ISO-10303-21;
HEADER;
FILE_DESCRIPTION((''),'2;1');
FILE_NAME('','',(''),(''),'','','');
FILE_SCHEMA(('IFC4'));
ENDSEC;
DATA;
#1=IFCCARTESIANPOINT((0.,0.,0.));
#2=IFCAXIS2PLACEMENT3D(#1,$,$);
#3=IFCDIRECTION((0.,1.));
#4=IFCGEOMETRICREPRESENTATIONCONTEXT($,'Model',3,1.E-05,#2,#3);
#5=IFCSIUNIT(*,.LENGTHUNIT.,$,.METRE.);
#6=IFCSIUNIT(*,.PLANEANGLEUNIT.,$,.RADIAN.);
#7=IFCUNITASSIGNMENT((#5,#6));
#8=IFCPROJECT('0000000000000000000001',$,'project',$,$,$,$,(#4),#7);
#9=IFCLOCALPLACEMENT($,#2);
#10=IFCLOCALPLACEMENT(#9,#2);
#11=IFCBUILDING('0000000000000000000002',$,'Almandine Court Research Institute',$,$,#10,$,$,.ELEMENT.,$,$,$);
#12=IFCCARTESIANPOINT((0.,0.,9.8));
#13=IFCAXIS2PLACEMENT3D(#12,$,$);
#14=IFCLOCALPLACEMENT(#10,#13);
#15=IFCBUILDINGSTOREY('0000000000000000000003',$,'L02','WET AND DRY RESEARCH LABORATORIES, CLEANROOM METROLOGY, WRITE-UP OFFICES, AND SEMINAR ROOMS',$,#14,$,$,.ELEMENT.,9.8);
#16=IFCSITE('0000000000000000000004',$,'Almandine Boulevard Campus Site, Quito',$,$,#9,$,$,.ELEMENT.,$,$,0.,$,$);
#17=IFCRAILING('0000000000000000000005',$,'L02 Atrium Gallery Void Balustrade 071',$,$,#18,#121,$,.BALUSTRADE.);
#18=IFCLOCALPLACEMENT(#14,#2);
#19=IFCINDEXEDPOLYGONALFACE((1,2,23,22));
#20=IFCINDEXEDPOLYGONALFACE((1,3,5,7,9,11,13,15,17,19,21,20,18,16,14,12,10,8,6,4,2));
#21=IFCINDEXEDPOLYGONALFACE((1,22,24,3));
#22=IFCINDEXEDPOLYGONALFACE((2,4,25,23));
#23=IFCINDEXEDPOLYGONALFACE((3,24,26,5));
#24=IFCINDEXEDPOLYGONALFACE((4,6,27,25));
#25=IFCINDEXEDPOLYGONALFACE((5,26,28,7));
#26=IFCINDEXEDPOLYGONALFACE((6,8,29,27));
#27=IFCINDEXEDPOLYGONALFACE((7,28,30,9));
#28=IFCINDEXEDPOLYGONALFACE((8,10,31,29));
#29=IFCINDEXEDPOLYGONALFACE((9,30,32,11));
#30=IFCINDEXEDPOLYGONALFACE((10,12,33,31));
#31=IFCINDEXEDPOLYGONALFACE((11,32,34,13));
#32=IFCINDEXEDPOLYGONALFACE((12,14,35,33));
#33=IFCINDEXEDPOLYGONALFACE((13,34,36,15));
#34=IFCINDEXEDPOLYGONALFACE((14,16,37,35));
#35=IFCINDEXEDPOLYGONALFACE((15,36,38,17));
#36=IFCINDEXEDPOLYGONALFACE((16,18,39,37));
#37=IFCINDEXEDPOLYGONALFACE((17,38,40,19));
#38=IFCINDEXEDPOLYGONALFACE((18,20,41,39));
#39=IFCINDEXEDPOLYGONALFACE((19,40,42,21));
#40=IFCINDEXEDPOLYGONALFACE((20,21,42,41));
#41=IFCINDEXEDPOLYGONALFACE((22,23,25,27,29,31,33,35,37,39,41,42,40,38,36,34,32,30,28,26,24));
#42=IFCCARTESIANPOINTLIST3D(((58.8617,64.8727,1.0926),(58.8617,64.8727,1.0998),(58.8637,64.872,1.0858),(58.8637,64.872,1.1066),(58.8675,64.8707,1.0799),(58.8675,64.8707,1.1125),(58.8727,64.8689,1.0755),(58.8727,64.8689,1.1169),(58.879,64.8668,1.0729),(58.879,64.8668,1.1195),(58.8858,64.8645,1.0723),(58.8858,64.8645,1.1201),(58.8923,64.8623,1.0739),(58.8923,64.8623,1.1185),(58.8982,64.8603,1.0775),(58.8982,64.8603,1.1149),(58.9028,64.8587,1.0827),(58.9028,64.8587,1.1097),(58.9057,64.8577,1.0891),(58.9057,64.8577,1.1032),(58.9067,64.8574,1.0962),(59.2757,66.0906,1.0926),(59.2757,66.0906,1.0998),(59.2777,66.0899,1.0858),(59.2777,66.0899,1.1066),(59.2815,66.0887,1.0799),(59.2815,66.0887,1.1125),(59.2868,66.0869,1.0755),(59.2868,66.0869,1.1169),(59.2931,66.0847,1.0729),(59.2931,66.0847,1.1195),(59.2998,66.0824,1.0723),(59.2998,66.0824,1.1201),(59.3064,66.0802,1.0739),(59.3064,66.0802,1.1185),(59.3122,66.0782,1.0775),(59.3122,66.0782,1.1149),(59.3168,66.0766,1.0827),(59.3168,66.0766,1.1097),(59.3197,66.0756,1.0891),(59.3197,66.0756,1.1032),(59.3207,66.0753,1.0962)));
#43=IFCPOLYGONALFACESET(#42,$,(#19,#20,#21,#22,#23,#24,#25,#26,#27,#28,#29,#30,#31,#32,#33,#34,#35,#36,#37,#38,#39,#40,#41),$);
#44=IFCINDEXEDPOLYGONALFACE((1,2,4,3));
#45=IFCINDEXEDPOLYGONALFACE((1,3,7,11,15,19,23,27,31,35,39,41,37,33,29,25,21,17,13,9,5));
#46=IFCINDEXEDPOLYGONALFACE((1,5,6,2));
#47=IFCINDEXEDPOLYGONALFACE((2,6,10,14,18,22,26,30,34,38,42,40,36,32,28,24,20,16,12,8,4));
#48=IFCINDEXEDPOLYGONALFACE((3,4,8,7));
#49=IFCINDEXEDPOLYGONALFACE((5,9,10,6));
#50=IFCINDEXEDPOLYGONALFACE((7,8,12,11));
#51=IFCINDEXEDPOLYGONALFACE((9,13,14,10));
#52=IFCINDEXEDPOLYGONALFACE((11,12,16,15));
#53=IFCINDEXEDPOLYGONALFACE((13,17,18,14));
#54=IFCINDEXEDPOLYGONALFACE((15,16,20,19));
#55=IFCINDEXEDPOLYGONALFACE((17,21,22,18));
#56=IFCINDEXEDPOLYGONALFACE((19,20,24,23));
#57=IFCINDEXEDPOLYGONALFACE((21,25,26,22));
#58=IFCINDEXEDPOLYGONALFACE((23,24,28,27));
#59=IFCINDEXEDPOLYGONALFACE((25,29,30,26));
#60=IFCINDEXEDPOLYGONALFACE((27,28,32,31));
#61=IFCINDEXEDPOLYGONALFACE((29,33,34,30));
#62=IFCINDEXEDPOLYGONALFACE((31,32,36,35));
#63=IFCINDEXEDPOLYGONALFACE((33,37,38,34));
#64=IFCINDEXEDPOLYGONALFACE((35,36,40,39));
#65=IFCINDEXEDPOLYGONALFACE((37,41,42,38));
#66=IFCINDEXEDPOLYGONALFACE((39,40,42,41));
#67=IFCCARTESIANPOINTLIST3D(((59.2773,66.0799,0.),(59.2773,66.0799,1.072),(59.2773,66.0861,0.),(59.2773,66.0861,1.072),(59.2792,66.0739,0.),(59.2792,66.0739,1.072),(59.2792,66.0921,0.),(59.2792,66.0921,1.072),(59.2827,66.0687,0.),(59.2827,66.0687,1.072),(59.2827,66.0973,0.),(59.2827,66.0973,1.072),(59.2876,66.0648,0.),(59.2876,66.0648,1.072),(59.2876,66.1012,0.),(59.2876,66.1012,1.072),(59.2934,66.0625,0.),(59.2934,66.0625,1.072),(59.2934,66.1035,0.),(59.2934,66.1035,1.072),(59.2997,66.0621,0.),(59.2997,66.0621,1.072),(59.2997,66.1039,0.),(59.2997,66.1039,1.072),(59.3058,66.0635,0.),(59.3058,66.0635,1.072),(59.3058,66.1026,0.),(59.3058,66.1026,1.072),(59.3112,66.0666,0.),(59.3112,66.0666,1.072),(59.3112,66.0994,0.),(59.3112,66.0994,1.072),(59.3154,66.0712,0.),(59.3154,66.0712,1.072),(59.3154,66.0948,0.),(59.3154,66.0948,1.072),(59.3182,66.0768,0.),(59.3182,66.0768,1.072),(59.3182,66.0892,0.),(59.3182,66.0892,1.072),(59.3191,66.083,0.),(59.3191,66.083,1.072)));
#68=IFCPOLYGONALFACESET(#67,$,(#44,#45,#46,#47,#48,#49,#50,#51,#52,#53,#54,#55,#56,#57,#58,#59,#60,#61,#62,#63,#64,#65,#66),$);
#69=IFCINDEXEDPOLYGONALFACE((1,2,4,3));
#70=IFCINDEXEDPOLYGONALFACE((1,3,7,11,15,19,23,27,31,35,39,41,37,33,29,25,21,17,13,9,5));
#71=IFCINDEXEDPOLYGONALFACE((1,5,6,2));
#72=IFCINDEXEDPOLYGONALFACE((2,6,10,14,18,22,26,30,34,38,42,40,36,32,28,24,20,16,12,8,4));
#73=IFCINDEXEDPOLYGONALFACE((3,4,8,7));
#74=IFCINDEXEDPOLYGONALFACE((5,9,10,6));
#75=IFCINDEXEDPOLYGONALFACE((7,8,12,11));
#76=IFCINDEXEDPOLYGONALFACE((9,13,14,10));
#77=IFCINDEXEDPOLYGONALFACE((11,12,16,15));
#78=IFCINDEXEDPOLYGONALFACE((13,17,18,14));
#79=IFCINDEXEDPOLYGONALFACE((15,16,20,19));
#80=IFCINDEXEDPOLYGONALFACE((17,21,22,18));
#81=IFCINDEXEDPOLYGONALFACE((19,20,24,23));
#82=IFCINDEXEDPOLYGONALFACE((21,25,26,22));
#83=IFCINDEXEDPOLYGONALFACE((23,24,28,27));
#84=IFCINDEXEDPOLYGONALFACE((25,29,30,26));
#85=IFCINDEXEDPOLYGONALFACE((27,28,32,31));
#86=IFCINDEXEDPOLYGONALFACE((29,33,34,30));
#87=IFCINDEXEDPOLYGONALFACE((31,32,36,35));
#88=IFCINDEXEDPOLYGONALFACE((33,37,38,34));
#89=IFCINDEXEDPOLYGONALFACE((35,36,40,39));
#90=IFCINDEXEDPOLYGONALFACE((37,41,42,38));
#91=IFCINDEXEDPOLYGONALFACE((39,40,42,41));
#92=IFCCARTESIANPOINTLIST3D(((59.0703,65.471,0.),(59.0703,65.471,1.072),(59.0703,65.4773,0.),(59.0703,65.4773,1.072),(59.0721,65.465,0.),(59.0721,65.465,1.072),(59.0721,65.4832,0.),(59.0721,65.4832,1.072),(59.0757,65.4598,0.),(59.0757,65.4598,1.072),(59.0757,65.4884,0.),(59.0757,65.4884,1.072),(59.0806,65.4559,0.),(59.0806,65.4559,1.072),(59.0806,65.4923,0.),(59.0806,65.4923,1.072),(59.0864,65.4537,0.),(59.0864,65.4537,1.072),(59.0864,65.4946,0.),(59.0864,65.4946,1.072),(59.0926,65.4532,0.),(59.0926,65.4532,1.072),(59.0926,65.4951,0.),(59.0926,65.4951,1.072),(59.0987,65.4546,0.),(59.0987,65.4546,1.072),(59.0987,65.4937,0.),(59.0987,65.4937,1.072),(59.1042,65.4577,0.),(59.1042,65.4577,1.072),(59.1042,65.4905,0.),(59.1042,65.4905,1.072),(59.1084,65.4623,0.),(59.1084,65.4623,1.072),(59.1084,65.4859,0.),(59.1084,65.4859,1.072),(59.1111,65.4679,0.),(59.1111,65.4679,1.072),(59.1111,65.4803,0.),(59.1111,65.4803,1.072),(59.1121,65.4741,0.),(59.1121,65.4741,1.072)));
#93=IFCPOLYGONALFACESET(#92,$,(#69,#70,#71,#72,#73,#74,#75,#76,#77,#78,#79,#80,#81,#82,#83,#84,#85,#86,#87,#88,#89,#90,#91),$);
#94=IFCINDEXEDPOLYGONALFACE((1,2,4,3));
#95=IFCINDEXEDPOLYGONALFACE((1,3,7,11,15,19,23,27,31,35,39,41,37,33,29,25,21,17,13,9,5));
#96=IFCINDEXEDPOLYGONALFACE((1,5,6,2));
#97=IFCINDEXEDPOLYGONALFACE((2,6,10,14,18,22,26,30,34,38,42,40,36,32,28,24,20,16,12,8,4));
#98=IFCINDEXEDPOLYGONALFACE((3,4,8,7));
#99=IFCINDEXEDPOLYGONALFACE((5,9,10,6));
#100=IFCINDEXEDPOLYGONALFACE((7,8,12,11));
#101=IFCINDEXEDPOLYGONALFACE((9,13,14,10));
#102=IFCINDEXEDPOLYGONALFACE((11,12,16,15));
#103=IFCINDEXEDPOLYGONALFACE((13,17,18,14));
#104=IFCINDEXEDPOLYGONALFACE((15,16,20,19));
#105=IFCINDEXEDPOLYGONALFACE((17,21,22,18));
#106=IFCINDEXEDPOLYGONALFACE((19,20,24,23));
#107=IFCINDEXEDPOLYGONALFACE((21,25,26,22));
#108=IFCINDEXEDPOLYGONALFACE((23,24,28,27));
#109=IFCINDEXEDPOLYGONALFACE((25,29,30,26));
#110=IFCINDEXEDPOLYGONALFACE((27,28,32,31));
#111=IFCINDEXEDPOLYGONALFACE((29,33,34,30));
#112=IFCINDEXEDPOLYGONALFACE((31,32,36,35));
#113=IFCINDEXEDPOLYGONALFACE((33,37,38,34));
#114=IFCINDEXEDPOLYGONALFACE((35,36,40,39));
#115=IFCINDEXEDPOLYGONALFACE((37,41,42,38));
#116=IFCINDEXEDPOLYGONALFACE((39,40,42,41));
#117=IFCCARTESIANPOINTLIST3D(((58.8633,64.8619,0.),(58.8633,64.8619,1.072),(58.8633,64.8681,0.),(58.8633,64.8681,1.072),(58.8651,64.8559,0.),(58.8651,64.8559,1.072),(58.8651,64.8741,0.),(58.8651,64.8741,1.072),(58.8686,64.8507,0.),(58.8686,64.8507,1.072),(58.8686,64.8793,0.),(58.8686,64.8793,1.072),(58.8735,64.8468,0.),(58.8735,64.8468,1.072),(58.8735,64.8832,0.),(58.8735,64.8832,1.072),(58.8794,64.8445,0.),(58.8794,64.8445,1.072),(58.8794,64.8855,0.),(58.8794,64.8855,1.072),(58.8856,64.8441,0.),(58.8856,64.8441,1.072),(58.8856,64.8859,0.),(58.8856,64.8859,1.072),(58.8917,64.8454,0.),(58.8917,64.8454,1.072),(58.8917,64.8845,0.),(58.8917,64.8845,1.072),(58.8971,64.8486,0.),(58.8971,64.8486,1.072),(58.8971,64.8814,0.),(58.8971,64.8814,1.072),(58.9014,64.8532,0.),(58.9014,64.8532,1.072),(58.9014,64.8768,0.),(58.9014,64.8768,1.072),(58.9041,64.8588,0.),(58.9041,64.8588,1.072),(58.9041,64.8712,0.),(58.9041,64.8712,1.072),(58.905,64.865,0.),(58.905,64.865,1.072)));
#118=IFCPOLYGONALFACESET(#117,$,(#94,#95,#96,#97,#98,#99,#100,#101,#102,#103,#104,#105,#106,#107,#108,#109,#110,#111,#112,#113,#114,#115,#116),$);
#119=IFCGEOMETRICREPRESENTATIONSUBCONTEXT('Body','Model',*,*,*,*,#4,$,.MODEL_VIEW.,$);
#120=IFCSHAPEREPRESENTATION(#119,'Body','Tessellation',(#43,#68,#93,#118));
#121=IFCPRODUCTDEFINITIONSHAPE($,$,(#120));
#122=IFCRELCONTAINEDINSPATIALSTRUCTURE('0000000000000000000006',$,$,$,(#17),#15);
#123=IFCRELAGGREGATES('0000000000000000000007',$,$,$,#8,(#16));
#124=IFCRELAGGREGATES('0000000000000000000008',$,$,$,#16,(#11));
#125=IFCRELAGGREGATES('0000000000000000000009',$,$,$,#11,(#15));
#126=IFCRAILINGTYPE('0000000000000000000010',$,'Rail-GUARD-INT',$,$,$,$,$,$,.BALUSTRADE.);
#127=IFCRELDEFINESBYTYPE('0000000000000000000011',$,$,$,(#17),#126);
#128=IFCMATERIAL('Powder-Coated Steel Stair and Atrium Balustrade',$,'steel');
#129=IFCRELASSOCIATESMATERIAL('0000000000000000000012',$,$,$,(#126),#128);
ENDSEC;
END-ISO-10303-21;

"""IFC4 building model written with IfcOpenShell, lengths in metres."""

from ifc_helpers import new_model, si_unit, direction, frame, origin, origin_2d, place, context, subcontext, project, spatial, circle, extrude, material, type_object, element, save


model = new_model("IFC4")

# Units and contexts
model_context = context("Model", 3, precision=1e-05, world=origin(), true_north=direction((0.0, 1.0)))
body_context = subcontext(model_context, "Body", "Model", "MODEL_VIEW")
ifc_project = project(units=[si_unit("LENGTHUNIT", "METRE"), si_unit("PLANEANGLEUNIT", "RADIAN")], contexts=[model_context])

# Site, building, storey
site_placement = place(None, origin())
site = spatial("IfcSite", under=ifc_project, at=site_placement, Name="Almandine Boulevard Campus Site, Quito", CompositionType="ELEMENT", RefElevation=0.0)
building_placement = place(site_placement, origin())
building = spatial("IfcBuilding", under=site, at=building_placement, Name="Almandine Court Research Institute", CompositionType="ELEMENT")
storey_placement = place(building_placement, frame((0.0, 0.0, 9.8)))
storey = spatial("IfcBuildingStorey", under=building, at=storey_placement, Name="L02", Description="WET AND DRY RESEARCH LABORATORIES, CLEANROOM METROLOGY, WRITE-UP OFFICES, AND SEMINAR ROOMS", CompositionType="ELEMENT", Elevation=9.8)

# Railing
ifc_material_1 = material(Name="Powder-Coated Steel Stair and Atrium Balustrade", Category="steel")
railing_type = type_object("IfcRailingType", Name="Rail-GUARD-INT", PredefinedType="BALUSTRADE", material=ifc_material_1)
railing_1_placement = place(storey_placement, frame((59.2981, 66.083, 0.0)))
element("IfcRailing", 1, at=railing_1_placement, inside=storey, type_object=railing_type, Name="L02 Atrium Gallery Void Balustrade 071", PredefinedType="BALUSTRADE", context=body_context, shape_type="SweptSolid", body=[
    extrude(circle(Radius=0.0239, at=origin_2d()), frame((0.0, 0.0, 1.0962), z_axis=(-0.321859, -0.946788, 0.0), x_axis=(0.946788, -0.321859, 0.0)), (0.0, 0.0, 1.0), 1.2864),
    extrude(circle(Radius=0.021, at=origin_2d()), origin(), (0.0, 0.0, 1.0), 1.072),
    extrude(circle(Radius=0.021, at=origin_2d()), frame((-0.207, -0.6089, 0.0)), (0.0, 0.0, 1.0), 1.072),
    extrude(circle(Radius=0.021, at=origin_2d()), frame((-0.4141, -1.218, 0.0)), (0.0, 0.0, 1.0), 1.072),
])

save(model, "model.ifc")
